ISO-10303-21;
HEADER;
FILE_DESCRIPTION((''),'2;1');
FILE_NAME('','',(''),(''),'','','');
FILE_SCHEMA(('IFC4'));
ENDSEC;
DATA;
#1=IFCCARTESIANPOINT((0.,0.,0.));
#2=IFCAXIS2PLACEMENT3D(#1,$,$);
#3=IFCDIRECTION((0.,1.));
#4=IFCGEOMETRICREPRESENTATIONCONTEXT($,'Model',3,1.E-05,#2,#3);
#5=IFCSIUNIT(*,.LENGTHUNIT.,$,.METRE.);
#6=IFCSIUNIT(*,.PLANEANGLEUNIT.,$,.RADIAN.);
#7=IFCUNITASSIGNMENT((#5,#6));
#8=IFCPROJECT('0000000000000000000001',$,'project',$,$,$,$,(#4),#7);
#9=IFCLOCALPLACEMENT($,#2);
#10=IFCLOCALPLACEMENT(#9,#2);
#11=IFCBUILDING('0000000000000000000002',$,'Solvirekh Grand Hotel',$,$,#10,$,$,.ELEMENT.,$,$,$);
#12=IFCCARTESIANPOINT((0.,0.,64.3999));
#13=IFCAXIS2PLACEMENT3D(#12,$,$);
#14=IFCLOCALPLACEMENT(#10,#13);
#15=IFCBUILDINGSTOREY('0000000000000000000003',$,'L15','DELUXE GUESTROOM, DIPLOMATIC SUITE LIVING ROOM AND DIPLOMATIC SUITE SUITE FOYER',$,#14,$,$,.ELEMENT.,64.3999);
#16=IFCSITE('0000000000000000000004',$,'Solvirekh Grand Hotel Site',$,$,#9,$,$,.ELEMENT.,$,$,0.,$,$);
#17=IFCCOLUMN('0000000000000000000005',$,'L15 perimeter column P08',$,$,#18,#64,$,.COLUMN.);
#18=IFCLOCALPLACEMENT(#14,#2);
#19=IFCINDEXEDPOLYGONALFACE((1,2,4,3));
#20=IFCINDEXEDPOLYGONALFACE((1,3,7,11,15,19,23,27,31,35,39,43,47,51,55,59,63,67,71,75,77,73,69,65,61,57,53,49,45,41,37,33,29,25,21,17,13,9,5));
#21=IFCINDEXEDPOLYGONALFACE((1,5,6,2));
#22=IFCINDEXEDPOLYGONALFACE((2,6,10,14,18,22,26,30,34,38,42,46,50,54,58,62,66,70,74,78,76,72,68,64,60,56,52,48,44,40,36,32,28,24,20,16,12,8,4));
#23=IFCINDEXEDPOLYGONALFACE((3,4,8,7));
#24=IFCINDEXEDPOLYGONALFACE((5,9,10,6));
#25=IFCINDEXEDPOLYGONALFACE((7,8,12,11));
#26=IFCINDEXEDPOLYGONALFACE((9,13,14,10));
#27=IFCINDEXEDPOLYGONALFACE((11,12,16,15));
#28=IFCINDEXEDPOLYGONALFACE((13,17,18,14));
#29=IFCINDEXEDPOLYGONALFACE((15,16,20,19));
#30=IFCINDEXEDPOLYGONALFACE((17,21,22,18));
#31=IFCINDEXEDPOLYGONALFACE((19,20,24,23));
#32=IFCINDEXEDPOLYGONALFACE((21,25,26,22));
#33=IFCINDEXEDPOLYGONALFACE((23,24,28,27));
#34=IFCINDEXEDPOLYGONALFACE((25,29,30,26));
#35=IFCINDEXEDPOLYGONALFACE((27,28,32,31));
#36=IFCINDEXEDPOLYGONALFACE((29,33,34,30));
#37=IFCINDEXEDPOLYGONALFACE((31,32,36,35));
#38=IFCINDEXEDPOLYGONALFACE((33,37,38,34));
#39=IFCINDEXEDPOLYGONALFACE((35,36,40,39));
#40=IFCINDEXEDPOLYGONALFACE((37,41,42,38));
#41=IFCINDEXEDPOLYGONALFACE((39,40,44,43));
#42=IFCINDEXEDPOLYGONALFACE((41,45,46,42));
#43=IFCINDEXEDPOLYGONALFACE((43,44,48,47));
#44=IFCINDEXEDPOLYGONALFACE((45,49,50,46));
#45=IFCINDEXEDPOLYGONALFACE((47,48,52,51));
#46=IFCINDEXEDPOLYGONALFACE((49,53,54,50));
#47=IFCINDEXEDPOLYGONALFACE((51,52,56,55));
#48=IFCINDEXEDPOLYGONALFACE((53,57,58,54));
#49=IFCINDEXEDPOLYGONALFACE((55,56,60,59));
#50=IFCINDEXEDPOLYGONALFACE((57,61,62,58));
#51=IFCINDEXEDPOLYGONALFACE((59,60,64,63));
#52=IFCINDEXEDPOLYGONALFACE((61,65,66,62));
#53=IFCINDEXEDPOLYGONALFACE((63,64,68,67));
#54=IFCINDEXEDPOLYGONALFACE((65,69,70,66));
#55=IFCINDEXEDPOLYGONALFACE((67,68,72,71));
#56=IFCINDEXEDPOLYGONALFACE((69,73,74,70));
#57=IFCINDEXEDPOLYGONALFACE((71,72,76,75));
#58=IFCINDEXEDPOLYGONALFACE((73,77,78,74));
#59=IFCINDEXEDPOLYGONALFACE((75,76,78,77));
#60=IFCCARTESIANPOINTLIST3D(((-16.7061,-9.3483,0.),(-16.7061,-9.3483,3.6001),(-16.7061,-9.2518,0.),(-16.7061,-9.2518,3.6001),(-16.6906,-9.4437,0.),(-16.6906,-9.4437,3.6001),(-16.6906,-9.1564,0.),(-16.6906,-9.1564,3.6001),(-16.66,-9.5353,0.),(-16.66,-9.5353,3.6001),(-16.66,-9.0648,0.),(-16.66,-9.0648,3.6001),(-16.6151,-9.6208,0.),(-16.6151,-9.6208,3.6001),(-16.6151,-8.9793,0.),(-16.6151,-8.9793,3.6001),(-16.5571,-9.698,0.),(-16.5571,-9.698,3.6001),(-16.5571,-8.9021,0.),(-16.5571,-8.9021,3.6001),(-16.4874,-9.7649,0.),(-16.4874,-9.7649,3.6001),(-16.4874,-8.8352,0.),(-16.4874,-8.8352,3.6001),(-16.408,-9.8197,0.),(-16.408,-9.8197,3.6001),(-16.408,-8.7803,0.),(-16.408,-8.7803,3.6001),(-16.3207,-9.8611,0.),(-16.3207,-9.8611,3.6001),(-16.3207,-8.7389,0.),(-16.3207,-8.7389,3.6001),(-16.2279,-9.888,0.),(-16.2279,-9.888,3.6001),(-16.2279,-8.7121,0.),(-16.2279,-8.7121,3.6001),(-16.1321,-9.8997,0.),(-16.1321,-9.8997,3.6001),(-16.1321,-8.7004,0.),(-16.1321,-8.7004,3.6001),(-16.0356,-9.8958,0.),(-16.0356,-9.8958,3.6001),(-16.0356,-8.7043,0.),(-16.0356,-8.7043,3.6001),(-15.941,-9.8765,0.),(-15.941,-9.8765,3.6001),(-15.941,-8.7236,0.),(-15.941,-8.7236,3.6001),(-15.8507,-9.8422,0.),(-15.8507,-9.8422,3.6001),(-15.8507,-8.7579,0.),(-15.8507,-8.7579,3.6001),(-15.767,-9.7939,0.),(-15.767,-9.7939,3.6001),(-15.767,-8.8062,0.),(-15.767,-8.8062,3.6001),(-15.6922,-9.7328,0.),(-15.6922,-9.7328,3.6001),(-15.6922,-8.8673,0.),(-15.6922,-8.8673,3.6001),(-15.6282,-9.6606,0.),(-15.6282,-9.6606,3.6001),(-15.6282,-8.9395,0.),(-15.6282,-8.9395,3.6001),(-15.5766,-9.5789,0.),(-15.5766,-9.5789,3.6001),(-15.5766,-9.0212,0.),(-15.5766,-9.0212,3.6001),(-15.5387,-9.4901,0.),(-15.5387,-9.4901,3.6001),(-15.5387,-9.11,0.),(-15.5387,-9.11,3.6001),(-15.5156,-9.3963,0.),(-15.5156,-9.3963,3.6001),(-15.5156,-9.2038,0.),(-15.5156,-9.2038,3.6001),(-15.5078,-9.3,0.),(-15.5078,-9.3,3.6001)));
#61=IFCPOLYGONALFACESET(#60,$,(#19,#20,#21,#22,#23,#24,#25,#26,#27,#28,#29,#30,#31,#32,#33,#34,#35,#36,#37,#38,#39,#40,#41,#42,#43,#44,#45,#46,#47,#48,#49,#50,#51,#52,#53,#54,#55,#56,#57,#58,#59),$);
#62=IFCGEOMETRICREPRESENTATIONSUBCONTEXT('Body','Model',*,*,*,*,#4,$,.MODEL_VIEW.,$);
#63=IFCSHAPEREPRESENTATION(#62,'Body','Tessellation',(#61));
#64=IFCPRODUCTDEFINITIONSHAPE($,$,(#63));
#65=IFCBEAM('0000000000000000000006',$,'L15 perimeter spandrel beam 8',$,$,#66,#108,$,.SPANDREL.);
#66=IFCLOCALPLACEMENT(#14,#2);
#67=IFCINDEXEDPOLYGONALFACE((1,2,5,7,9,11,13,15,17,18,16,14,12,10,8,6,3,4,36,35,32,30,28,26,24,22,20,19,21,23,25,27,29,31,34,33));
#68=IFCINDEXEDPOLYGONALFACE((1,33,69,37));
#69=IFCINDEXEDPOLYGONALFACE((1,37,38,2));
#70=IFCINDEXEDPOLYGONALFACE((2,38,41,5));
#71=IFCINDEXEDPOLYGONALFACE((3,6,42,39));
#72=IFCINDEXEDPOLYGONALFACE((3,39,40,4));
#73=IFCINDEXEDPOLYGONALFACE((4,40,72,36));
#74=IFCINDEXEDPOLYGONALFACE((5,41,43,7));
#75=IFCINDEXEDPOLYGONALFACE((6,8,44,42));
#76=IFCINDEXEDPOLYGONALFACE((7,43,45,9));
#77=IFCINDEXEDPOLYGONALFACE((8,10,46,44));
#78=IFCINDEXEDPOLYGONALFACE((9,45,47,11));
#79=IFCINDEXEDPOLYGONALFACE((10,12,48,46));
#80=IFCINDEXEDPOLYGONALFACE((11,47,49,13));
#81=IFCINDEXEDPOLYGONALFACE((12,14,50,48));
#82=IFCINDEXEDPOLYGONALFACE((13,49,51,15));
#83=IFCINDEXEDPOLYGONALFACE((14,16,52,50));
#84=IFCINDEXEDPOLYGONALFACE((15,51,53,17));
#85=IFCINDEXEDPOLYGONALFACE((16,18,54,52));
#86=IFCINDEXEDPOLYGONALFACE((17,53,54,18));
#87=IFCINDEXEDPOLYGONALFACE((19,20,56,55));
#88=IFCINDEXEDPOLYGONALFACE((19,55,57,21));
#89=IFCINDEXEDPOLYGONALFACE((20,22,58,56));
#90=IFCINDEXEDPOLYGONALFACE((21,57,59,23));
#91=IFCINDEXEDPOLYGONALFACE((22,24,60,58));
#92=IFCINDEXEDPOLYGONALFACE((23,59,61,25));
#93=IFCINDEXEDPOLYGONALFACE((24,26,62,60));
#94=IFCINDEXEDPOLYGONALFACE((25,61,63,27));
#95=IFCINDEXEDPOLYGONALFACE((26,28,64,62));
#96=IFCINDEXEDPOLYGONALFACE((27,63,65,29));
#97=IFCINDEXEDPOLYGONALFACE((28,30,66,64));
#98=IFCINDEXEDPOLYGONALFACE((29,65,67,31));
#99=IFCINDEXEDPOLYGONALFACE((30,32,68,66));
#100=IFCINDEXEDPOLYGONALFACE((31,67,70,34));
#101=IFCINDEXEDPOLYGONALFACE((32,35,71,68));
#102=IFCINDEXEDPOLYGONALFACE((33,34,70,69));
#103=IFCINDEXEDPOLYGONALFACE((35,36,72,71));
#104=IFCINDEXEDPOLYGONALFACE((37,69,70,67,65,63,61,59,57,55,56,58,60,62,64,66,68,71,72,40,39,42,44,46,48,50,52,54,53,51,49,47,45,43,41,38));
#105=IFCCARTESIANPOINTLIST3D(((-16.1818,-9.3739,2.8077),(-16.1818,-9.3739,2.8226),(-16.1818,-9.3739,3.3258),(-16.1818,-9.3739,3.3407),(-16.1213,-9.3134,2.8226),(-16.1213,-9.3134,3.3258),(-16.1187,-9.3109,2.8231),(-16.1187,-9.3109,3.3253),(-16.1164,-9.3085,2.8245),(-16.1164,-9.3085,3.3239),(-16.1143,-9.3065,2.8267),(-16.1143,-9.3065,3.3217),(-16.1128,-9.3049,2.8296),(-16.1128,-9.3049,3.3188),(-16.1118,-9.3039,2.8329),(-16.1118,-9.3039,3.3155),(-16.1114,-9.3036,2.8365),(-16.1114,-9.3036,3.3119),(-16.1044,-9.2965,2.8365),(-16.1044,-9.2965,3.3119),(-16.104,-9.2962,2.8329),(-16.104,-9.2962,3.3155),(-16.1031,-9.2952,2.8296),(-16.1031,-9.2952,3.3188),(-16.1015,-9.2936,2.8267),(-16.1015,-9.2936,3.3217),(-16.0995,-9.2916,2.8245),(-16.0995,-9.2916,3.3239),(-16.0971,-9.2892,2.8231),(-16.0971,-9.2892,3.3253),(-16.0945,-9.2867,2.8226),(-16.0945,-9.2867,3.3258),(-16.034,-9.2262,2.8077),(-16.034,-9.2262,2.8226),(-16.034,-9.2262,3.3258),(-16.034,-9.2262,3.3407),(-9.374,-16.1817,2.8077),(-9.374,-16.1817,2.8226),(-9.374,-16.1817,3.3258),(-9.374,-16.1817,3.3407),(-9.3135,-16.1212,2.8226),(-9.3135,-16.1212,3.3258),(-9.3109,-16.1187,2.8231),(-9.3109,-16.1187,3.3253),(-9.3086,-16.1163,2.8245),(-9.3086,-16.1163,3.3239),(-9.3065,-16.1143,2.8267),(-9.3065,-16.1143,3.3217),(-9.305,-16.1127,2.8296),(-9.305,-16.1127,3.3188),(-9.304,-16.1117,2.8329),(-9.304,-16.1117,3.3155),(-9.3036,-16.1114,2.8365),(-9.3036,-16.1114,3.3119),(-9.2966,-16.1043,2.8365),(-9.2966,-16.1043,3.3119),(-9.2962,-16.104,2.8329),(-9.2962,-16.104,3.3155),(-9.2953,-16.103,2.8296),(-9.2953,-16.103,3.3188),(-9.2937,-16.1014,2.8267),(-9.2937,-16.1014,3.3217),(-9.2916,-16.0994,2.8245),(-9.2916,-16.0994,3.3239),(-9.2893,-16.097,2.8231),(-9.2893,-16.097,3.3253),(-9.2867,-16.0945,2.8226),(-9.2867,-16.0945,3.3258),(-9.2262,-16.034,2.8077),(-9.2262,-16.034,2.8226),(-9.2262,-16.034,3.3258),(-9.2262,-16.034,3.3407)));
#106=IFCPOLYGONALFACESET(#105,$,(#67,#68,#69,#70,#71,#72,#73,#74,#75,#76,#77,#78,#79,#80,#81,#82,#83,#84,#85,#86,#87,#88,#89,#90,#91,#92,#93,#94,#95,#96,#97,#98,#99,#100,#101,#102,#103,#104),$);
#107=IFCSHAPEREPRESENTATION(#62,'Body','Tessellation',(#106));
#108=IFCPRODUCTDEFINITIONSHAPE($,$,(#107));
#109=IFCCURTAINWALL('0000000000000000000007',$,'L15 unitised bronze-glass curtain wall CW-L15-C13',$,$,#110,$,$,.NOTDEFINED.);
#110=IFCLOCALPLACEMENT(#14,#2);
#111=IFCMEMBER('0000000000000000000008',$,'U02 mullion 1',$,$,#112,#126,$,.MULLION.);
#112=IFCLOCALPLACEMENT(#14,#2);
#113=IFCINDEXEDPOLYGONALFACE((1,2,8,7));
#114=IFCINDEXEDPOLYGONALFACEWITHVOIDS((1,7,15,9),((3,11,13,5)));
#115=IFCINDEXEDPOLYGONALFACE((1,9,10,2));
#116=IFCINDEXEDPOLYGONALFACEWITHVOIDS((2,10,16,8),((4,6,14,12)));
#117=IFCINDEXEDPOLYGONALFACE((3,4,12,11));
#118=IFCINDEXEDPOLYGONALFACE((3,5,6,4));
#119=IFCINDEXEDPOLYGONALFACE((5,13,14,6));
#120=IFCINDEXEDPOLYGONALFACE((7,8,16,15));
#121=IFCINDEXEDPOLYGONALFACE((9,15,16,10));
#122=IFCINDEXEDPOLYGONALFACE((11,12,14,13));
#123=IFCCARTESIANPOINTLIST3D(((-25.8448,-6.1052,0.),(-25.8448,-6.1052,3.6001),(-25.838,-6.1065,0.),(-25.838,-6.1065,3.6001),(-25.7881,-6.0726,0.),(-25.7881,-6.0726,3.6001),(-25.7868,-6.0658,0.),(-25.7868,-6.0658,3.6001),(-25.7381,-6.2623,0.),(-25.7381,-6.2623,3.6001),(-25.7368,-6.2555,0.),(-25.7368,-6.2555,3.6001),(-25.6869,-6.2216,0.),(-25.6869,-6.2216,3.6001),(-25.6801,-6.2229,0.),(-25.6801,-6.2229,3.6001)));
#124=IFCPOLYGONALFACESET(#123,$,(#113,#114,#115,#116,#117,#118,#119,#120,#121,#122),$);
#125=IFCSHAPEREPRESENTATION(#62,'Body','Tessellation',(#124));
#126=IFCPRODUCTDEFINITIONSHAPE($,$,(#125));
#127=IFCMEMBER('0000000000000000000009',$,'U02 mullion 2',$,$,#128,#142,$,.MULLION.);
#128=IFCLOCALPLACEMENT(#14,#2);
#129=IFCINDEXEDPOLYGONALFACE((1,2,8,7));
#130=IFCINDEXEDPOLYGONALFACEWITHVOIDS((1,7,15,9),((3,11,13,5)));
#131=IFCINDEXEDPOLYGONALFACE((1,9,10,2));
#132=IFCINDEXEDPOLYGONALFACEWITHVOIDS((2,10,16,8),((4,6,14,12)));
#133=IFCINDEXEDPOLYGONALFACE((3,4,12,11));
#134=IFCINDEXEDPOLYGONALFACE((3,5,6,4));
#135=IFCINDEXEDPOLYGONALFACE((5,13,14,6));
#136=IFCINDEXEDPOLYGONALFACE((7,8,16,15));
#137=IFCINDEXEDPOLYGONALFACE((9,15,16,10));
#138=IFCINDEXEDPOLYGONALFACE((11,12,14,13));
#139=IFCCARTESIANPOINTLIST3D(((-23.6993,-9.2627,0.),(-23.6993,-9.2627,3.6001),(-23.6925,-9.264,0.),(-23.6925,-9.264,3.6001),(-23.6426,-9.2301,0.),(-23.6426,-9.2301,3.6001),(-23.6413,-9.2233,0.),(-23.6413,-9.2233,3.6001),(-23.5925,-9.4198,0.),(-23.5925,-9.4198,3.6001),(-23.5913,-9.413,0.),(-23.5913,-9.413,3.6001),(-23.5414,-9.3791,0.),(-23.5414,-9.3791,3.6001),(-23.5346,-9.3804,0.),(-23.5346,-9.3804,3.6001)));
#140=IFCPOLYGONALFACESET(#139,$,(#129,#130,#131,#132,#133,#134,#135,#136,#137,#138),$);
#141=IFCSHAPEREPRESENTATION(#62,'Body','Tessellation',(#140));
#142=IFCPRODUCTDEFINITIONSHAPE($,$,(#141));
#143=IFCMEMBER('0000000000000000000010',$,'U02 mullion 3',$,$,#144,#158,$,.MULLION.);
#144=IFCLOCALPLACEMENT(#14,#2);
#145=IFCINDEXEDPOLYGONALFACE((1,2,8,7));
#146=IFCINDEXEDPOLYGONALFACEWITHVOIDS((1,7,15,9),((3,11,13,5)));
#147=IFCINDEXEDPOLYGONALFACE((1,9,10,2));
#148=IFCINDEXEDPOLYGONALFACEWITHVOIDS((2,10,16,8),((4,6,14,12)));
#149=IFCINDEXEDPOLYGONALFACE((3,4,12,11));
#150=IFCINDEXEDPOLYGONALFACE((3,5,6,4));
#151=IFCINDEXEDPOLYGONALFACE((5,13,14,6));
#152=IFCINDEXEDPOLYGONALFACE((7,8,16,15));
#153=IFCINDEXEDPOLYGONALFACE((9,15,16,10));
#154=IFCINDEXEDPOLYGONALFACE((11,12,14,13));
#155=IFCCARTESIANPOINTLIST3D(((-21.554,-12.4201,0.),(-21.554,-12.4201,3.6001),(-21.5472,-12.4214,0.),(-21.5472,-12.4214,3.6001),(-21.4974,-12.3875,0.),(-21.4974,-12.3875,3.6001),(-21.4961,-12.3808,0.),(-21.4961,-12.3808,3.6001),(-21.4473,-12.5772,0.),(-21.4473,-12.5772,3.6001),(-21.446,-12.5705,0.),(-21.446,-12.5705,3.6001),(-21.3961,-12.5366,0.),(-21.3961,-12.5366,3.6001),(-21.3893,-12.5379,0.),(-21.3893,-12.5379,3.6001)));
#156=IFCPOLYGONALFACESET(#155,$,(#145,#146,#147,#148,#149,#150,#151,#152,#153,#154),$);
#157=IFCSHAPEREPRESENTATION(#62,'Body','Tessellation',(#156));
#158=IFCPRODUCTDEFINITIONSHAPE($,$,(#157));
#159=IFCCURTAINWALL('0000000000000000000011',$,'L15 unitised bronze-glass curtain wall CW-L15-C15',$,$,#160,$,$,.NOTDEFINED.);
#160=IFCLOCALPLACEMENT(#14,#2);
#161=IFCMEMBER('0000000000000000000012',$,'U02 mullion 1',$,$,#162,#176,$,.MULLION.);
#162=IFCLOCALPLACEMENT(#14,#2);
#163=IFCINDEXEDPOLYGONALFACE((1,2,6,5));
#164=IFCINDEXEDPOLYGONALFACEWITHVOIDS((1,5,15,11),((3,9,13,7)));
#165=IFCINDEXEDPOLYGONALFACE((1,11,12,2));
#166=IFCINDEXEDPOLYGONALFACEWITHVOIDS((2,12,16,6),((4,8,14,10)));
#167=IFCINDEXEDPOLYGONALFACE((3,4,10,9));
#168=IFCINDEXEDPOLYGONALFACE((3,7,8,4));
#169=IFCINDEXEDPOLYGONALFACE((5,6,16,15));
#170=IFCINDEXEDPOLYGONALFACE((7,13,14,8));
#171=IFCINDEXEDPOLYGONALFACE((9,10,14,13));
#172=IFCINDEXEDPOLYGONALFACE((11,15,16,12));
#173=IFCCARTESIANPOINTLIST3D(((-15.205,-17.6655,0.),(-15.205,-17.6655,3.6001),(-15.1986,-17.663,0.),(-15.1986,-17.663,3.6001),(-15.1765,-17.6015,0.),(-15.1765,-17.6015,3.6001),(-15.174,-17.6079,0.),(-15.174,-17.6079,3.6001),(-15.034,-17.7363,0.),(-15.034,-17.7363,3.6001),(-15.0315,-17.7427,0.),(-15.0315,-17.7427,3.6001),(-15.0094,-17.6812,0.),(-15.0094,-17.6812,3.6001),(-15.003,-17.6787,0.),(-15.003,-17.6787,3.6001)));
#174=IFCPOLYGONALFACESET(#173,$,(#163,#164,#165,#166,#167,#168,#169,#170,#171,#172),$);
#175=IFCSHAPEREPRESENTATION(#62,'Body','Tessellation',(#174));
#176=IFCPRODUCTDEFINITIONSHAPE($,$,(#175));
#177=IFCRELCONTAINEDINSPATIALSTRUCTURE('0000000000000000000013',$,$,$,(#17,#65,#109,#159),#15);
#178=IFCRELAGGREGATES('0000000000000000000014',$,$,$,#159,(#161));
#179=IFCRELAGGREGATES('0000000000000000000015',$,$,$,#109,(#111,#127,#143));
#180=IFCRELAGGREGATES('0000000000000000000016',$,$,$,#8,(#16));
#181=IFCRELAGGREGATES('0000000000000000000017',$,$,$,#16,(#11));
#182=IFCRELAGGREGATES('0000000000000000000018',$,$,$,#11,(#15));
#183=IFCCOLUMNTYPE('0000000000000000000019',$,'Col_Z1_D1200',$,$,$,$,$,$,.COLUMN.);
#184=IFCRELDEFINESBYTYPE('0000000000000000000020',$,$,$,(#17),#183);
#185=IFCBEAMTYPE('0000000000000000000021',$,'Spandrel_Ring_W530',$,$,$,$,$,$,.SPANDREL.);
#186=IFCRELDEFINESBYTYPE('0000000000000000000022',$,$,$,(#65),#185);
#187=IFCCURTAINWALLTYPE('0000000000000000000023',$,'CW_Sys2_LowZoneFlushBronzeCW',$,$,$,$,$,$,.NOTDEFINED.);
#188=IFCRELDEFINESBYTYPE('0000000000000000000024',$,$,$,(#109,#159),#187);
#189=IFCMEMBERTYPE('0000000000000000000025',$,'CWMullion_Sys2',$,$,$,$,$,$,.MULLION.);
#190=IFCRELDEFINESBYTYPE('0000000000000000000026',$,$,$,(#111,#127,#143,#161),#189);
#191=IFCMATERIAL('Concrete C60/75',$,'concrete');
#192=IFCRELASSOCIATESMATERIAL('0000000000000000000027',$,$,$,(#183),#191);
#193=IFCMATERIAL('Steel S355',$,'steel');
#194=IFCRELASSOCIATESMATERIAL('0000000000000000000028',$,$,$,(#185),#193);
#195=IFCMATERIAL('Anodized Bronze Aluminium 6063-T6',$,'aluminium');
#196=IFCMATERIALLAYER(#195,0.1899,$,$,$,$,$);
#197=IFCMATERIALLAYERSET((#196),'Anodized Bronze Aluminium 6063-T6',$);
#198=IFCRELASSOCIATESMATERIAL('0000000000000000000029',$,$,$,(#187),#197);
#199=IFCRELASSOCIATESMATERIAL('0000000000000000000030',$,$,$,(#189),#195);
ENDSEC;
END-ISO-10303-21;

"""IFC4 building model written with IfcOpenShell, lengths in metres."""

from ifc_helpers import new_model, si_unit, direction, frame, origin, origin_2d, place, context, subcontext, project, spatial, hollow_rectangle, circle, i_section, extrude, source, transform, mapped, material, layer, layer_set, material_profile, profile_set, type_object, element, aggregate, save


model = new_model("IFC4")

# Units and contexts
model_context = context("Model", 3, precision=1e-05, world=origin(), true_north=direction((0.0, 1.0)))
body_context = subcontext(model_context, "Body", "Model", "MODEL_VIEW")
ifc_project = project(units=[si_unit("LENGTHUNIT", "METRE"), si_unit("PLANEANGLEUNIT", "RADIAN")], contexts=[model_context])

# Site, building, storey
site_placement = place(None, origin())
site = spatial("IfcSite", under=ifc_project, at=site_placement, Name="Solvirekh Grand Hotel Site", CompositionType="ELEMENT", RefElevation=0.0)
building_placement = place(site_placement, origin())
building = spatial("IfcBuilding", under=site, at=building_placement, Name="Solvirekh Grand Hotel", CompositionType="ELEMENT")
storey_placement = place(building_placement, frame((0.0, 0.0, 64.3999)))
storey = spatial("IfcBuildingStorey", under=building, at=storey_placement, Name="L15", Description="DELUXE GUESTROOM, DIPLOMATIC SUITE LIVING ROOM AND DIPLOMATIC SUITE SUITE FOYER", CompositionType="ELEMENT", Elevation=64.3999)

# Column
ifc_material_1 = material(Name="Concrete C60/75", Category="concrete")
ifc_material_profile_1 = material_profile(ifc_material_1, circle(Radius=0.6001, at=origin_2d()), Name="RC CIRC D1200")
ifc_profile_set_1 = profile_set([ifc_material_profile_1], Name="Concrete C60/75")
column_type = type_object("IfcColumnType", Name="Col_Z1_D1200", PredefinedType="COLUMN", material=ifc_profile_set_1)
column_placement = place(storey_placement, frame((-16.1079, -9.3, 0.0), z_axis=(0.0, 0.0, 1.0), x_axis=(1.0, 0.0, 0.0)))
element("IfcColumn", 1, at=column_placement, inside=storey, type_object=column_type, Name="L15 perimeter column P08", PredefinedType="COLUMN", context=body_context, shape_type="SweptSolid", body=[
    extrude(circle(Radius=0.6001, at=origin_2d()), origin(), (0.0, 0.0, 1.0), 3.6001),
])

# Beam
ifc_material_2 = material(Name="Steel S355", Category="steel")
ifc_material_profile_2 = material_profile(ifc_material_2, i_section(OverallWidth=0.209, OverallDepth=0.533, WebThickness=0.01, FlangeThickness=0.0149, FilletRadius=0.0139, at=origin_2d()), Name="W530X92")
ifc_profile_set_2 = profile_set([ifc_material_profile_2], Name="Steel S355")
beam_type = type_object("IfcBeamType", Name="Spandrel_Ring_W530", PredefinedType="SPANDREL", material=ifc_profile_set_2)
beam_placement = place(storey_placement, frame((-16.1079, -9.3, 3.0742), z_axis=(0.707107, -0.707107, 0.0), x_axis=(0.707107, 0.707107, 0.0)))
element("IfcBeam", 2, at=beam_placement, inside=storey, type_object=beam_type, Name="L15 perimeter spandrel beam 8", PredefinedType="SPANDREL", context=body_context, shape_type="SweptSolid", body=[
    extrude(i_section(OverallWidth=0.209, OverallDepth=0.533, WebThickness=0.01, FlangeThickness=0.0149, FilletRadius=0.0139, at=origin_2d()), origin(), (0.0, 0.0, 1.0), 9.6277),
])

# Curtain walls, members
ifc_material_3 = material(Name="Anodized Bronze Aluminium 6063-T6", Category="aluminium")
ifc_layer_1 = layer(ifc_material_3, 0.1899)
ifc_layer_set_1 = layer_set([ifc_layer_1], Name="Anodized Bronze Aluminium 6063-T6")
curtain_wall_type = type_object("IfcCurtainWallType", Name="CW_Sys2_LowZoneFlushBronzeCW", PredefinedType="NOTDEFINED", material=ifc_layer_set_1)
curtain_wall_1_placement = place(storey_placement, origin())
curtain_wall_1 = element("IfcCurtainWall", 3, at=curtain_wall_1_placement, inside=storey, type_object=curtain_wall_type, Name="L15 unitised bronze-glass curtain wall CW-L15-C13", PredefinedType="NOTDEFINED")
ifc_material_profile_3 = material_profile(ifc_material_3, hollow_rectangle(XDim=0.0701, YDim=0.1899, WallThickness=0.0049, at=origin_2d()), Name="ALU RHS 190X70X5")
ifc_profile_set_3 = profile_set([ifc_material_profile_3], Name="Anodized Bronze Aluminium 6063-T6")
member_type_1 = type_object("IfcMemberType", Name="CWMullion_Sys2", PredefinedType="MULLION", material=ifc_profile_set_3)
shared_shape_1 = source(origin(), body_context, "Body", "SweptSolid", [
    extrude(hollow_rectangle(XDim=0.0701, YDim=0.1899, WallThickness=0.0049, at=origin_2d()), origin(), (0.0, 0.0, 1.0), 3.6001),
])
member_1_placement = place(storey_placement, frame((-25.7625, -6.1641, 0.0), z_axis=(0.0, 0.0, 1.0), x_axis=(0.827146, 0.561987, 0.0)))
member_1 = element("IfcMember", 4, at=member_1_placement, type_object=member_type_1, Name="U02 mullion 1", PredefinedType="MULLION", context=body_context, shape_type="MappedRepresentation", body=[
    mapped(shared_shape_1, transform((0.0, 0.0, 0.0), x_axis=(1.0, 0.0, 0.0), y_axis=(0.0, 1.0, 0.0), z_axis=(0.0, 0.0, 1.0), scale=1.0)),
])
member_2_placement = place(storey_placement, frame((-23.6169, -9.3215, 0.0), z_axis=(0.0, 0.0, 1.0), x_axis=(0.827146, 0.561987, 0.0)))
member_2 = element("IfcMember", 5, at=member_2_placement, type_object=member_type_1, Name="U02 mullion 2", PredefinedType="MULLION", context=body_context, shape_type="MappedRepresentation", body=[
    mapped(shared_shape_1, transform((0.0, 0.0, 0.0), x_axis=(1.0, 0.0, 0.0), y_axis=(0.0, 1.0, 0.0), z_axis=(0.0, 0.0, 1.0), scale=1.0)),
])
member_3_placement = place(storey_placement, frame((-21.4717, -12.479, 0.0), z_axis=(0.0, 0.0, 1.0), x_axis=(0.827146, 0.561987, 0.0)))
member_3 = element("IfcMember", 6, at=member_3_placement, type_object=member_type_1, Name="U02 mullion 3", PredefinedType="MULLION", context=body_context, shape_type="MappedRepresentation", body=[
    mapped(shared_shape_1, transform((0.0, 0.0, 0.0), x_axis=(1.0, 0.0, 0.0), y_axis=(0.0, 1.0, 0.0), z_axis=(0.0, 0.0, 1.0), scale=1.0)),
])
curtain_wall_2_placement = place(storey_placement, origin())
curtain_wall_2 = element("IfcCurtainWall", 7, at=curtain_wall_2_placement, inside=storey, type_object=curtain_wall_type, Name="L15 unitised bronze-glass curtain wall CW-L15-C15", PredefinedType="NOTDEFINED")
member_4_placement = place(storey_placement, frame((-15.104, -17.6721, 0.0), z_axis=(0.0, 0.0, 1.0), x_axis=(0.406635, 0.913591, 0.0)))
member_4 = element("IfcMember", 8, at=member_4_placement, type_object=member_type_1, Name="U02 mullion 1", PredefinedType="MULLION", context=body_context, shape_type="MappedRepresentation", body=[
    mapped(shared_shape_1, transform((0.0, 0.0, 0.0), x_axis=(1.0, 0.0, 0.0), y_axis=(0.0, 1.0, 0.0), z_axis=(0.0, 0.0, 1.0), scale=1.0)),
])
aggregate(curtain_wall_2, [member_4])

aggregate(curtain_wall_1, [member_1, member_2, member_3])

save(model, "model.ifc")
